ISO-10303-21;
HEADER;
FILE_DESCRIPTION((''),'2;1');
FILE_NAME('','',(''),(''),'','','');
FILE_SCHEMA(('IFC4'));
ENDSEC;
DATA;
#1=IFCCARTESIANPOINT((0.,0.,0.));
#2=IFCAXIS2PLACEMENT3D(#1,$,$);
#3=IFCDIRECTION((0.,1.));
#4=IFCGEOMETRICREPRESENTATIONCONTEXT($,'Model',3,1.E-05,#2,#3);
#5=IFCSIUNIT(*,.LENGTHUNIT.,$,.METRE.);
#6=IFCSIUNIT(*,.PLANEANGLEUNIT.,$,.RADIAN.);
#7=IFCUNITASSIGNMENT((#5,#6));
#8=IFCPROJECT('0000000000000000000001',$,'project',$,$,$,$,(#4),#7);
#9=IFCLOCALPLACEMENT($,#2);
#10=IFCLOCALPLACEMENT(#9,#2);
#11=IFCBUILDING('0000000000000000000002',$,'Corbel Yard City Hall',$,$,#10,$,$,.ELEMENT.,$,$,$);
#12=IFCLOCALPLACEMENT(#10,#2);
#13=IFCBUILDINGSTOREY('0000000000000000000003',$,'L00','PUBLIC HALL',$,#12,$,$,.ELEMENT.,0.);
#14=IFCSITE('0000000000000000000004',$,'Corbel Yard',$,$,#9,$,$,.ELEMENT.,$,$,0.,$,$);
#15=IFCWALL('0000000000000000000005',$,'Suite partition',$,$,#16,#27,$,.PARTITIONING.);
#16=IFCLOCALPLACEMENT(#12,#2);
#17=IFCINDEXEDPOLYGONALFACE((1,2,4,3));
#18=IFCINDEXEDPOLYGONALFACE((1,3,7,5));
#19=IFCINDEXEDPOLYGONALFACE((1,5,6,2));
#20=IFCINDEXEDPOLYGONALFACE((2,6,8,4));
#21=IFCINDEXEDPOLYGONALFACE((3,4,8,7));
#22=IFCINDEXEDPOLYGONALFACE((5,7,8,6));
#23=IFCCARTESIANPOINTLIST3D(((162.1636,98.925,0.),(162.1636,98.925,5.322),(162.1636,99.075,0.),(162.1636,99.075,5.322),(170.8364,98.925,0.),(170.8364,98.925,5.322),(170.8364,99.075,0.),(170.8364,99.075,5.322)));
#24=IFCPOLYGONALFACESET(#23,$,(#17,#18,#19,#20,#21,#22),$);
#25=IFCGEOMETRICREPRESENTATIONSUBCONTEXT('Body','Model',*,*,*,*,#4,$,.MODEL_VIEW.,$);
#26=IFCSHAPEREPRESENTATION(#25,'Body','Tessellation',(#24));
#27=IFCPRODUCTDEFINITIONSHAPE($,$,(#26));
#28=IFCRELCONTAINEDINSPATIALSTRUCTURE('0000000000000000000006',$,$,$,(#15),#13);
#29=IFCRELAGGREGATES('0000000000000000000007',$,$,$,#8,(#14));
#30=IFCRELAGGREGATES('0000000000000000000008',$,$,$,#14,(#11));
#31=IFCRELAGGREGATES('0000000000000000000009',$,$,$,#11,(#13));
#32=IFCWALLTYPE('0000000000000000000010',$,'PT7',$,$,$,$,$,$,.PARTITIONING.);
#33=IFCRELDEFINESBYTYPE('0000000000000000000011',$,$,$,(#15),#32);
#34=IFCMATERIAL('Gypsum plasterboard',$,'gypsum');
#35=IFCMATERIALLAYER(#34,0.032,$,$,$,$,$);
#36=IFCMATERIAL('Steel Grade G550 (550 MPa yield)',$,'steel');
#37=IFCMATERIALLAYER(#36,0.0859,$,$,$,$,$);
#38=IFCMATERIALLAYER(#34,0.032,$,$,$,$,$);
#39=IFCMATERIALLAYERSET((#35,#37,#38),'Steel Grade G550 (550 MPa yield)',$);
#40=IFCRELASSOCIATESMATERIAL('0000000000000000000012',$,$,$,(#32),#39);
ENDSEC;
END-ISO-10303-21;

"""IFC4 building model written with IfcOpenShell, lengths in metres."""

from ifc_helpers import new_model, si_unit, direction, frame, frame_2d, origin, place, context, subcontext, project, spatial, rectangle, extrude, material, layer, layer_set, type_object, element, save


model = new_model("IFC4")

# Units and contexts
model_context = context("Model", 3, precision=1e-05, world=origin(), true_north=direction((0.0, 1.0)))
body_context = subcontext(model_context, "Body", "Model", "MODEL_VIEW")
ifc_project = project(units=[si_unit("LENGTHUNIT", "METRE"), si_unit("PLANEANGLEUNIT", "RADIAN")], contexts=[model_context])

# Site, building, storey
site_placement = place(None, origin())
site = spatial("IfcSite", under=ifc_project, at=site_placement, Name="Corbel Yard", CompositionType="ELEMENT", RefElevation=0.0)
building_placement = place(site_placement, origin())
building = spatial("IfcBuilding", under=site, at=building_placement, Name="Corbel Yard City Hall", CompositionType="ELEMENT")
storey_placement = place(building_placement, origin())
storey = spatial("IfcBuildingStorey", under=building, at=storey_placement, Name="L00", Description="PUBLIC HALL", CompositionType="ELEMENT", Elevation=0.0)

# Wall
ifc_material_1 = material(Name="Gypsum plasterboard", Category="gypsum")
ifc_layer_1 = layer(ifc_material_1, 0.032)
ifc_material_2 = material(Name="Steel Grade G550 (550 MPa yield)", Category="steel")
ifc_layer_2 = layer(ifc_material_2, 0.0859)
ifc_layer_3 = layer(ifc_material_1, 0.032)
ifc_layer_set_1 = layer_set([ifc_layer_1, ifc_layer_2, ifc_layer_3], Name="Steel Grade G550 (550 MPa yield)")
wall_type_1 = type_object("IfcWallType", Name="PT7", PredefinedType="PARTITIONING", material=ifc_layer_set_1)
wall_1_placement = place(storey_placement, frame((162.1636, 99.0, 0.0), z_axis=(0.0, 0.0, 1.0), x_axis=(1.0, 0.0, 0.0)))
element("IfcWall", 1, at=wall_1_placement, inside=storey, type_object=wall_type_1, Name="Suite partition", PredefinedType="PARTITIONING", context=body_context, shape_type="SweptSolid", body=[
    extrude(rectangle(XDim=8.6729, YDim=0.1499, at=frame_2d((4.3364, 0.0))), origin(), (0.0, 0.0, 1.0), 5.322),
])

save(model, "model.ifc")
